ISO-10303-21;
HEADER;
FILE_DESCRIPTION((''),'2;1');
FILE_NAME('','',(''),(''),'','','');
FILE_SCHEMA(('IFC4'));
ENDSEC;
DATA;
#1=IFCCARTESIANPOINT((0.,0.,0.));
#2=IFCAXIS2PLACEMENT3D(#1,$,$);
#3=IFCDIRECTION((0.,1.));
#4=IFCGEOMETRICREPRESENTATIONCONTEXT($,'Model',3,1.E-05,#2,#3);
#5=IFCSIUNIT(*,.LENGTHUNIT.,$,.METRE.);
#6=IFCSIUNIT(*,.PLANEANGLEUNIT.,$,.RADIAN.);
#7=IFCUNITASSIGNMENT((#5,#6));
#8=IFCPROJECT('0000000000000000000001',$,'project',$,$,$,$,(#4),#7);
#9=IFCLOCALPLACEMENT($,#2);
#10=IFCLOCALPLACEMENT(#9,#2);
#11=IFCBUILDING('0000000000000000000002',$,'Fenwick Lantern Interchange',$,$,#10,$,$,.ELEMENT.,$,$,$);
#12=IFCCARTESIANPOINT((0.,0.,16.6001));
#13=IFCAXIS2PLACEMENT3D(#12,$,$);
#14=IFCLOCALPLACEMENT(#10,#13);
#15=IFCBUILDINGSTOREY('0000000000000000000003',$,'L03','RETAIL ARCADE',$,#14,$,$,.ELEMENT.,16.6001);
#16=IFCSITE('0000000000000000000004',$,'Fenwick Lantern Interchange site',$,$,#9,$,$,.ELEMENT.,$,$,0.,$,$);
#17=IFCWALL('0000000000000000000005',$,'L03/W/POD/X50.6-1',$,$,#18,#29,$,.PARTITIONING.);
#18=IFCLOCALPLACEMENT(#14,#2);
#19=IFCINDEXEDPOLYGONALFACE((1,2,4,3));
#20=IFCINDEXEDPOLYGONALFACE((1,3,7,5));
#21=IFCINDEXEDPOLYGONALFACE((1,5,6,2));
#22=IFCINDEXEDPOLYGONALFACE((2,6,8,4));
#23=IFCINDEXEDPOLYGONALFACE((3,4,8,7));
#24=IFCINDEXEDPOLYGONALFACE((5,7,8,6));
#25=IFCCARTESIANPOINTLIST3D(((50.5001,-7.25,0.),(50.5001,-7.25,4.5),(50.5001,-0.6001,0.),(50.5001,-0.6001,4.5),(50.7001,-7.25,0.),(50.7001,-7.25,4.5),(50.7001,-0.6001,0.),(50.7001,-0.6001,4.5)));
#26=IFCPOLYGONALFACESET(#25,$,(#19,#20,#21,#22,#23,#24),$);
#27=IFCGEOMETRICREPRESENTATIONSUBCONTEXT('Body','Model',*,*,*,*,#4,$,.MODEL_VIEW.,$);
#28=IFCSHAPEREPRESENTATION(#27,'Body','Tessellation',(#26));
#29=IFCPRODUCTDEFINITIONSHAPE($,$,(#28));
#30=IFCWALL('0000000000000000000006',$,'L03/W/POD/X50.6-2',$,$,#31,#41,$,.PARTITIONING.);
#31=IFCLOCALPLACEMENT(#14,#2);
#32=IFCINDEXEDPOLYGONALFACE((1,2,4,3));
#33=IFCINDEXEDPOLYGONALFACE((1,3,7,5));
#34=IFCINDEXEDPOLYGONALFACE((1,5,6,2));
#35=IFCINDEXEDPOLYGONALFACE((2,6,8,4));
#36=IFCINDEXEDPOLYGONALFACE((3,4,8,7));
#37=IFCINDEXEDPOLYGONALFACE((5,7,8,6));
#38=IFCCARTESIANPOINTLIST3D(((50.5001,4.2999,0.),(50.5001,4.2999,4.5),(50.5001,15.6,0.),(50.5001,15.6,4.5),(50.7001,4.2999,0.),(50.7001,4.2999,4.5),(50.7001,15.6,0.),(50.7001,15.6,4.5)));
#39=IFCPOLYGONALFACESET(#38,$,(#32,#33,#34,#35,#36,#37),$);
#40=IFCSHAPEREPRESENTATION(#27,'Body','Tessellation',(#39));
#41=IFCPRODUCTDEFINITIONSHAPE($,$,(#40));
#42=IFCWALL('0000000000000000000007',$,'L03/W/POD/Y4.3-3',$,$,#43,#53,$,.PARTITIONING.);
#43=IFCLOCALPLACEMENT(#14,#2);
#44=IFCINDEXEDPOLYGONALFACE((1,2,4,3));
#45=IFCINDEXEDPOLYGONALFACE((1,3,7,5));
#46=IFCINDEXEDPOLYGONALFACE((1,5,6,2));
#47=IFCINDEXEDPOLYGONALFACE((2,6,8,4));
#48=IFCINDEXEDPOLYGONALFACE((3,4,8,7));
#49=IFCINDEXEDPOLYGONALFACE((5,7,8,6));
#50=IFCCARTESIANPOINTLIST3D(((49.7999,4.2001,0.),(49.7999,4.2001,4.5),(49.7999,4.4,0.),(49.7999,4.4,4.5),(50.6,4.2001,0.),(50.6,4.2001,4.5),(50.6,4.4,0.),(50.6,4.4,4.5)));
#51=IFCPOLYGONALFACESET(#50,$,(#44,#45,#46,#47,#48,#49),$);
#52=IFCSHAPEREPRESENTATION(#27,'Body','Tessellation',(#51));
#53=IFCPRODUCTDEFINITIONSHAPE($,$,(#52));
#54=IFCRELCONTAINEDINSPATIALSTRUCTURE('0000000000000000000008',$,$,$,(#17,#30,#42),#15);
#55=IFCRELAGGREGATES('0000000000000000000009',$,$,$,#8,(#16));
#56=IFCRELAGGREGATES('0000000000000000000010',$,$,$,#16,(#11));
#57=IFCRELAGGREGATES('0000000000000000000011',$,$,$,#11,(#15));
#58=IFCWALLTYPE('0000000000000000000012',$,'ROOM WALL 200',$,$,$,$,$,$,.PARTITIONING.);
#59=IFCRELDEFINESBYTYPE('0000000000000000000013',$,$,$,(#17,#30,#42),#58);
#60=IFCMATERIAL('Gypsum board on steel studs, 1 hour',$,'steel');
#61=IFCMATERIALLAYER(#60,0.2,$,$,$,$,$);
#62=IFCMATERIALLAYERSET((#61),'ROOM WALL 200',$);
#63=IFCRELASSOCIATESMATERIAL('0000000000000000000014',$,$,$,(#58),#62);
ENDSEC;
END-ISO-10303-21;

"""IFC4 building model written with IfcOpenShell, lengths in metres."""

from ifc_helpers import new_model, si_unit, direction, frame, frame_2d, origin, place, context, subcontext, project, spatial, rectangle, extrude, material, layer, layer_set, type_object, element, save


model = new_model("IFC4")

# Units and contexts
model_context = context("Model", 3, precision=1e-05, world=origin(), true_north=direction((0.0, 1.0)))
body_context = subcontext(model_context, "Body", "Model", "MODEL_VIEW")
ifc_project = project(units=[si_unit("LENGTHUNIT", "METRE"), si_unit("PLANEANGLEUNIT", "RADIAN")], contexts=[model_context])

# Site, building, storey
site_placement = place(None, origin())
site = spatial("IfcSite", under=ifc_project, at=site_placement, Name="Fenwick Lantern Interchange site", CompositionType="ELEMENT", RefElevation=0.0)
building_placement = place(site_placement, origin())
building = spatial("IfcBuilding", under=site, at=building_placement, Name="Fenwick Lantern Interchange", CompositionType="ELEMENT")
storey_placement = place(building_placement, frame((0.0, 0.0, 16.6001)))
storey = spatial("IfcBuildingStorey", under=building, at=storey_placement, Name="L03", Description="RETAIL ARCADE", CompositionType="ELEMENT", Elevation=16.6001)

# Walls
ifc_material_1 = material(Name="Gypsum board on steel studs, 1 hour", Category="steel")
ifc_layer_1 = layer(ifc_material_1, 0.2)
ifc_layer_set_1 = layer_set([ifc_layer_1], Name="ROOM WALL 200")
wall_type_1 = type_object("IfcWallType", Name="ROOM WALL 200", PredefinedType="PARTITIONING", material=ifc_layer_set_1)
wall_1_placement = place(storey_placement, frame((50.6001, -7.25, 0.0), z_axis=(0.0, 0.0, 1.0), x_axis=(0.0, 1.0, 0.0)))
element("IfcWall", 1, at=wall_1_placement, inside=storey, type_object=wall_type_1, Name="L03/W/POD/X50.6-1", PredefinedType="PARTITIONING", context=body_context, shape_type="SweptSolid", body=[
    extrude(rectangle(XDim=6.6499, YDim=0.2, at=frame_2d((3.325, 0.0))), origin(), (0.0, 0.0, 1.0), 4.5),
])
wall_2_placement = place(storey_placement, frame((50.6001, 4.3, 0.0), z_axis=(0.0, 0.0, 1.0), x_axis=(0.0, 1.0, 0.0)))
element("IfcWall", 2, at=wall_2_placement, inside=storey, type_object=wall_type_1, Name="L03/W/POD/X50.6-2", PredefinedType="PARTITIONING", context=body_context, shape_type="SweptSolid", body=[
    extrude(rectangle(XDim=11.3, YDim=0.2, at=frame_2d((5.6499, 0.0))), origin(), (0.0, 0.0, 1.0), 4.5),
])
wall_3_placement = place(storey_placement, frame((49.8, 4.3, 0.0), z_axis=(0.0, 0.0, 1.0), x_axis=(1.0, 0.0, 0.0)))
element("IfcWall", 3, at=wall_3_placement, inside=storey, type_object=wall_type_1, Name="L03/W/POD/Y4.3-3", PredefinedType="PARTITIONING", context=body_context, shape_type="SweptSolid", body=[
    extrude(rectangle(XDim=0.8, YDim=0.2, at=frame_2d((0.3999, 0.0))), origin(), (0.0, 0.0, 1.0), 4.5),
])

save(model, "model.ifc")
